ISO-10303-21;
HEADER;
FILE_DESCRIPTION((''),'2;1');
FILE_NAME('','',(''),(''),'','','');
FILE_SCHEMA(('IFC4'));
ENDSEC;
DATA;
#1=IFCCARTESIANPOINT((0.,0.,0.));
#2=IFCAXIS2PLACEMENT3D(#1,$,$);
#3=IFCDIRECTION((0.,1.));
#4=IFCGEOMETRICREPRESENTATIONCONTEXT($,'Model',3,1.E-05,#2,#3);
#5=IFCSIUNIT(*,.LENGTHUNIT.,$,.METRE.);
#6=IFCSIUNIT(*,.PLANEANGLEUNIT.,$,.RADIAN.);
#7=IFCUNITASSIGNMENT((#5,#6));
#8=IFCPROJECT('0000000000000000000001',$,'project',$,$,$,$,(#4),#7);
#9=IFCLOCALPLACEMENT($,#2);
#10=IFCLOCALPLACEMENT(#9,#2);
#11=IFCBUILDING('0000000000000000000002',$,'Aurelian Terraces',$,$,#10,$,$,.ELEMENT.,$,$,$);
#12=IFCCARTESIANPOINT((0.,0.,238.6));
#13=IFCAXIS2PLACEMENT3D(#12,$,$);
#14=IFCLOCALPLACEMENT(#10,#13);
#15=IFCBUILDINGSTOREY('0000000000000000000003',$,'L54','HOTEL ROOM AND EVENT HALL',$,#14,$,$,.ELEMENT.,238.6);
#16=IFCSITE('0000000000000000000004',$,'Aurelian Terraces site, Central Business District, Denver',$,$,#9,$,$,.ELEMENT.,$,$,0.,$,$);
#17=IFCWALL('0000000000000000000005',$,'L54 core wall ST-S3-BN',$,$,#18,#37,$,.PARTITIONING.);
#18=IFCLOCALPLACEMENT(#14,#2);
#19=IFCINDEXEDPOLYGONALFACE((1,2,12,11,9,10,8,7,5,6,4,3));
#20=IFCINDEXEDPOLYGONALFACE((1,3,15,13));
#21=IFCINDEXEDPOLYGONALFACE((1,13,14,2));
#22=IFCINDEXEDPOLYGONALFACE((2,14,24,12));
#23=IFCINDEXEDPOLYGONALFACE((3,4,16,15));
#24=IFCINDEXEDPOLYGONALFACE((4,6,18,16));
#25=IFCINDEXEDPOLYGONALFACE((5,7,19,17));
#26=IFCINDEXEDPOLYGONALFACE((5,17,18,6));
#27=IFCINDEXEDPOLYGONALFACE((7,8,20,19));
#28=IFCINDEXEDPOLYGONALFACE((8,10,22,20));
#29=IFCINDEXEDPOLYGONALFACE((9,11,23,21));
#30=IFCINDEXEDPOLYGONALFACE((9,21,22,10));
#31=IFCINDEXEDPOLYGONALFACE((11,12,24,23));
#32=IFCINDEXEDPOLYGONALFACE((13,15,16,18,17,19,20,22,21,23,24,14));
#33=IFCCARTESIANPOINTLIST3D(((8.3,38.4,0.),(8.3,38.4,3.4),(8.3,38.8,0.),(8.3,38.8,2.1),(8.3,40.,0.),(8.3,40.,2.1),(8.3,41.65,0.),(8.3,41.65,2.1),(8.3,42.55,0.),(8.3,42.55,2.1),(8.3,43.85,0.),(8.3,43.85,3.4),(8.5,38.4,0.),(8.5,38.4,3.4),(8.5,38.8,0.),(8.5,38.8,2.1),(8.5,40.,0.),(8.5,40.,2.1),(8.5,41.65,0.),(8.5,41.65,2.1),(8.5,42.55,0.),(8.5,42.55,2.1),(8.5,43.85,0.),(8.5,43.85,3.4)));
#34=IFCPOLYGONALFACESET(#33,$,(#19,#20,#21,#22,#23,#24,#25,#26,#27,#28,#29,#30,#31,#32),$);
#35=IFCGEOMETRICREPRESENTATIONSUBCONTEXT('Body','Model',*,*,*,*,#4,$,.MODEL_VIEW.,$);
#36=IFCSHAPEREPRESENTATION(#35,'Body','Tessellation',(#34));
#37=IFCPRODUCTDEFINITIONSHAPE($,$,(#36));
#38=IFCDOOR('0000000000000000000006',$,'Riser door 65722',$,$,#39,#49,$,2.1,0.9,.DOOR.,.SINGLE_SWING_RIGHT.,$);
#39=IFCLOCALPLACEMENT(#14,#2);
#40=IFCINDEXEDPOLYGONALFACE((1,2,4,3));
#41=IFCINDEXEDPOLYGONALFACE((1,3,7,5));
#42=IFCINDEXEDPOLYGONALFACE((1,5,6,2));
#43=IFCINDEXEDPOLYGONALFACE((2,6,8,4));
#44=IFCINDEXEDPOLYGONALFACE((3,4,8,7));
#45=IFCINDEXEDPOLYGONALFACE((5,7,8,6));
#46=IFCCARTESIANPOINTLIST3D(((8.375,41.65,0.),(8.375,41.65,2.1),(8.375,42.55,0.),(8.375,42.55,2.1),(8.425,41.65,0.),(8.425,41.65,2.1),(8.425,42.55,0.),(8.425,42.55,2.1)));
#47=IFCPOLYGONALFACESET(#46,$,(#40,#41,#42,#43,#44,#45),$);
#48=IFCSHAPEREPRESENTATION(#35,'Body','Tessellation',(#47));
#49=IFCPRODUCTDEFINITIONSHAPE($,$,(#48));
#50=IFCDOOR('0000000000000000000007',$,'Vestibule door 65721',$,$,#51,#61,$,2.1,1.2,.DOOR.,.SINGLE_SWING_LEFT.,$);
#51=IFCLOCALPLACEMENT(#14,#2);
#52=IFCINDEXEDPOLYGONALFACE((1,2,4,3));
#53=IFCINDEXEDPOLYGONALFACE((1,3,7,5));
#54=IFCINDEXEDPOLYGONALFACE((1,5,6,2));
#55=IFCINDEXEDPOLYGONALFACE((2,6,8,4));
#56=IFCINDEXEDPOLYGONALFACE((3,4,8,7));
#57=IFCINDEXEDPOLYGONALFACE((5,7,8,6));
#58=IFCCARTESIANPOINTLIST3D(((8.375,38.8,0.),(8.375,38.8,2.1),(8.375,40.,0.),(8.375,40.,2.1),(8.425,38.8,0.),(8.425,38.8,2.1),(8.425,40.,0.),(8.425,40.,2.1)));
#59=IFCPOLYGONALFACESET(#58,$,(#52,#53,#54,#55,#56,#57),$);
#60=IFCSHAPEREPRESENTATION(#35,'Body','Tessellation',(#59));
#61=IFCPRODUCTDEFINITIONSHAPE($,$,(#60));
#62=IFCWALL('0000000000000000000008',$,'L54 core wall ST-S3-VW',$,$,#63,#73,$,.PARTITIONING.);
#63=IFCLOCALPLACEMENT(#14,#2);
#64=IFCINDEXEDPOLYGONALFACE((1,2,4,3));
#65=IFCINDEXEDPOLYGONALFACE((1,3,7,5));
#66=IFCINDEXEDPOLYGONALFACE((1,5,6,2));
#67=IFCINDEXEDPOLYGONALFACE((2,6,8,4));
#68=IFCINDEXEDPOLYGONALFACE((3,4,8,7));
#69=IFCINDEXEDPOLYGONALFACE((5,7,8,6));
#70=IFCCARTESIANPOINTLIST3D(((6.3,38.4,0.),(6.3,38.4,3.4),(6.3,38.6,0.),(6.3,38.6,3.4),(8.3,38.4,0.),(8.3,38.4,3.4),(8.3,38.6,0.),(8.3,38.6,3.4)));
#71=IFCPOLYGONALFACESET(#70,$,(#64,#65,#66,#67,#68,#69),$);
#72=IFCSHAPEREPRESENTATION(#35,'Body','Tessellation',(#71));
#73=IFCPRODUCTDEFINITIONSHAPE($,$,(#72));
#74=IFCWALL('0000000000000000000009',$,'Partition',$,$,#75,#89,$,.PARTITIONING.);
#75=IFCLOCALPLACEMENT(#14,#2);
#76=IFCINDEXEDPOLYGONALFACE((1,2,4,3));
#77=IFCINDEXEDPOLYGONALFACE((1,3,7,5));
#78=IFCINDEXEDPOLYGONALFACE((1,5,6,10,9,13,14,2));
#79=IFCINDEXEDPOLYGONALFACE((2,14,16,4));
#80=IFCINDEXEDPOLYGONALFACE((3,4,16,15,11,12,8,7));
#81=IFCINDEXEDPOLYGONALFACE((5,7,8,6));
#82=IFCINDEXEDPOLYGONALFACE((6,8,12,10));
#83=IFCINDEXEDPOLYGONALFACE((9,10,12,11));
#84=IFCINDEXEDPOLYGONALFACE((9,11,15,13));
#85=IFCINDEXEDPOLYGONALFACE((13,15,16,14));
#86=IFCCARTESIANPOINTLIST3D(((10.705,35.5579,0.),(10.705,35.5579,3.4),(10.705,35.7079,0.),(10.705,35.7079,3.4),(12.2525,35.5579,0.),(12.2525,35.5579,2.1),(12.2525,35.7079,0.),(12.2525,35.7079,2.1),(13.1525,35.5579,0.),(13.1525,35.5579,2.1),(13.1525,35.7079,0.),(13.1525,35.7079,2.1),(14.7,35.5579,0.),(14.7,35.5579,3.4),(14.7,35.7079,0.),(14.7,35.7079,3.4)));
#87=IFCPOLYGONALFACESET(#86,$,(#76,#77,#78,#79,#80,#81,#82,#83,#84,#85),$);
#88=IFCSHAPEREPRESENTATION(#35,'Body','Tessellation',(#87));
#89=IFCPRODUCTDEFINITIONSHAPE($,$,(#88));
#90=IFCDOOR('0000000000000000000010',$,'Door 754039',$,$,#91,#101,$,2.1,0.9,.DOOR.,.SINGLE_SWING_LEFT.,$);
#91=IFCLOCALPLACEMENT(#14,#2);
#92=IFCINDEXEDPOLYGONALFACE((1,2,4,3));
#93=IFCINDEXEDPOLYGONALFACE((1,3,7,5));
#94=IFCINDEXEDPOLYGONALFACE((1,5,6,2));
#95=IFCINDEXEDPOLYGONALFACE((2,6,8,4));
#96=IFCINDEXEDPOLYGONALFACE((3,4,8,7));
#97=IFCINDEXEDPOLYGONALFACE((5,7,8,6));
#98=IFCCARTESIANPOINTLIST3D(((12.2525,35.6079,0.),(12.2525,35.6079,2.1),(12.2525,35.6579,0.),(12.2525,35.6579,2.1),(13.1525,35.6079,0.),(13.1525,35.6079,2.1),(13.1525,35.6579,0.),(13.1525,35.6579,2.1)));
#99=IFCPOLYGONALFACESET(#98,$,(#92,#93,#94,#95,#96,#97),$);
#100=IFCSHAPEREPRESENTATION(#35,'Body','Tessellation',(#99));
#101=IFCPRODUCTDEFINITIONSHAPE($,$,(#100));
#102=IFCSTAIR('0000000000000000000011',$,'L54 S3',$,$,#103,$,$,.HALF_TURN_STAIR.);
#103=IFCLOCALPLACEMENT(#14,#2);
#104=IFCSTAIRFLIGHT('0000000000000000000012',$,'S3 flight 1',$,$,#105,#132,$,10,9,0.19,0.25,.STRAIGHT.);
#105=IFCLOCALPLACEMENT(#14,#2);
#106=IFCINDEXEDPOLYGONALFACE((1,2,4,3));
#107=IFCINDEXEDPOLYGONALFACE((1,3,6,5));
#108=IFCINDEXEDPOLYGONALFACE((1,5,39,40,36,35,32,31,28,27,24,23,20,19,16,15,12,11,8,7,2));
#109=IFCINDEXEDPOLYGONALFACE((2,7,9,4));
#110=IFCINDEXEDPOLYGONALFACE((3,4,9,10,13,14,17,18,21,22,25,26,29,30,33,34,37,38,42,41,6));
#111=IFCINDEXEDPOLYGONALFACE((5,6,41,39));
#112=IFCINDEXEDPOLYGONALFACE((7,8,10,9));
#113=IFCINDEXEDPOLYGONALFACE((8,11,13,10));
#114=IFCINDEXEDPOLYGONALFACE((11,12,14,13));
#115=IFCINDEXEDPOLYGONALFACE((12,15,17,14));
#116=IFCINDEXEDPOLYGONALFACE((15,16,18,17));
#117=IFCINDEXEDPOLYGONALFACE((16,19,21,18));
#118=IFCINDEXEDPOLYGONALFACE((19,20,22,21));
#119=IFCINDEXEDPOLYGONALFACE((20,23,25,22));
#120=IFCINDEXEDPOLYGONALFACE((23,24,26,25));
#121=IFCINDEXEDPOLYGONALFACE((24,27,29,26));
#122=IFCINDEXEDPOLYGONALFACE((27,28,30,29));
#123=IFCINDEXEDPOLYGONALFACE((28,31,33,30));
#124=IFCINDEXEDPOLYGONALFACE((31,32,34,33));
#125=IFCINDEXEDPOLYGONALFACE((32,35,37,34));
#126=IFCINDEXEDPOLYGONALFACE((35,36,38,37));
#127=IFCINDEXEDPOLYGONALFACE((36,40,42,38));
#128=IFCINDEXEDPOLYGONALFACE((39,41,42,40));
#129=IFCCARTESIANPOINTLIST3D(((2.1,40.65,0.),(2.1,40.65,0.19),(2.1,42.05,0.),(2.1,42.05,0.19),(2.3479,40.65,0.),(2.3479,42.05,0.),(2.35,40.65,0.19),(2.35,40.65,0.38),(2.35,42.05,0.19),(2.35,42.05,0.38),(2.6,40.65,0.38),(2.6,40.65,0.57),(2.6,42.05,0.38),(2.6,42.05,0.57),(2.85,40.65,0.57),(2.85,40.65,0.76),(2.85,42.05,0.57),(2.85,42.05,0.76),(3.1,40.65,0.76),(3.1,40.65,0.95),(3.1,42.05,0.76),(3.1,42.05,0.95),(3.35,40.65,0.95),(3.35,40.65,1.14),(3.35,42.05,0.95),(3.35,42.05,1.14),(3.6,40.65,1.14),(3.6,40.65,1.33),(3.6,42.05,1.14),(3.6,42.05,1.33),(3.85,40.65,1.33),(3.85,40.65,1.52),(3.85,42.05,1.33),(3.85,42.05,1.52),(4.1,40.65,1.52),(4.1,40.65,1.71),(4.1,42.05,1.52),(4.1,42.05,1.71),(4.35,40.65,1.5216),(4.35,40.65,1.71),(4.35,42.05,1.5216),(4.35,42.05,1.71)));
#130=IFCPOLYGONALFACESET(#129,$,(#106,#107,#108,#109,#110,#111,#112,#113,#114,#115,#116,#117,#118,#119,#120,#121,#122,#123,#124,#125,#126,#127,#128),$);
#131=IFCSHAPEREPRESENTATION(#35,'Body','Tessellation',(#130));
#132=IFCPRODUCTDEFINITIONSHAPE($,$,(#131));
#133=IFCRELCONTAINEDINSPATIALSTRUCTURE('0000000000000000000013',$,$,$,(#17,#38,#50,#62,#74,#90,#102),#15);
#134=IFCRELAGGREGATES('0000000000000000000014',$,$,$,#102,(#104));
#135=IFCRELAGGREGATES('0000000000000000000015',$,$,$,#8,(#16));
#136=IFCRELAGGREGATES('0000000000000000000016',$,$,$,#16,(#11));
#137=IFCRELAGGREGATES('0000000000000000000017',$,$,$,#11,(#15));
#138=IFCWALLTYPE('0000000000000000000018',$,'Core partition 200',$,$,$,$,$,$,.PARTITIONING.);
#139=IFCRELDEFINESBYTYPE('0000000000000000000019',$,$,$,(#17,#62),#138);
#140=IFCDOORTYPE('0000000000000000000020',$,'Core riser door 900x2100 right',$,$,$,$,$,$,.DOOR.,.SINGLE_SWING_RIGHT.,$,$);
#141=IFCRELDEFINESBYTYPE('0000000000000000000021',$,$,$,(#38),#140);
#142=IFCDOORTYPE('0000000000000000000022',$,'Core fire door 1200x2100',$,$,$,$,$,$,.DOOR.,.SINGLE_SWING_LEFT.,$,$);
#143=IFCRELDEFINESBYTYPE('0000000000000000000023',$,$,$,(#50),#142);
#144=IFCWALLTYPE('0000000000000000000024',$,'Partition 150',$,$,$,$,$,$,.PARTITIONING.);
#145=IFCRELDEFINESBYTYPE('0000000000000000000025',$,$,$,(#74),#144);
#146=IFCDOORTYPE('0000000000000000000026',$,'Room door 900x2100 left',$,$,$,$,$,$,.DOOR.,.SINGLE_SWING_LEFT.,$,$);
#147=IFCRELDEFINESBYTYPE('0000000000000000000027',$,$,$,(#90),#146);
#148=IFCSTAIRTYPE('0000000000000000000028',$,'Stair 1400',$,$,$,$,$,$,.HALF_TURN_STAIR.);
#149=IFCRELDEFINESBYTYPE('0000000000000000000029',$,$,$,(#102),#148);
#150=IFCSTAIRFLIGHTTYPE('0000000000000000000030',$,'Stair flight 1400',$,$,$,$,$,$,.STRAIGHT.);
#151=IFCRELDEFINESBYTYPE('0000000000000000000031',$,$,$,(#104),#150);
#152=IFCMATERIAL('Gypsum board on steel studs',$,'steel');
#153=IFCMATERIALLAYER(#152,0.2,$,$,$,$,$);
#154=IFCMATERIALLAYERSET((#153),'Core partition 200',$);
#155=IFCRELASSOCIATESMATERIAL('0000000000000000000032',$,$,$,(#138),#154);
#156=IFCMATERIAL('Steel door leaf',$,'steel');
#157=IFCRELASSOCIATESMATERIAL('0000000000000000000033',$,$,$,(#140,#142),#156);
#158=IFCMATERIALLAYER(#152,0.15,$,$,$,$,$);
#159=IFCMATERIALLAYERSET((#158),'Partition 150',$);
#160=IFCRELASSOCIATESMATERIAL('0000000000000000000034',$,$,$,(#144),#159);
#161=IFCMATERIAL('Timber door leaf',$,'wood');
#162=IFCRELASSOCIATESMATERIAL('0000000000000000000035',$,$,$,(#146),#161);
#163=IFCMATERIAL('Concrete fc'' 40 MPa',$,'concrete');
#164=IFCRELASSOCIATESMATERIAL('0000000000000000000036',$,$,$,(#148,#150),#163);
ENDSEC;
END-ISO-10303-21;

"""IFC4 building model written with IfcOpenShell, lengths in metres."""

from ifc_helpers import new_model, si_unit, direction, frame, frame_2d, origin, place, context, subcontext, project, spatial, polyline, rectangle, outline, extrude, source, transform, mapped, material, layer, layer_set, type_object, element, fill, aggregate, save


model = new_model("IFC4")

# Units and contexts
model_context = context("Model", 3, precision=1e-05, world=origin(), true_north=direction((0.0, 1.0)))
body_context = subcontext(model_context, "Body", "Model", "MODEL_VIEW")
ifc_project = project(units=[si_unit("LENGTHUNIT", "METRE"), si_unit("PLANEANGLEUNIT", "RADIAN")], contexts=[model_context])

# Site, building, storey
site_placement = place(None, origin())
site = spatial("IfcSite", under=ifc_project, at=site_placement, Name="Aurelian Terraces site, Central Business District, Denver", CompositionType="ELEMENT", RefElevation=0.0)
building_placement = place(site_placement, origin())
building = spatial("IfcBuilding", under=site, at=building_placement, Name="Aurelian Terraces", CompositionType="ELEMENT")
storey_placement = place(building_placement, frame((0.0, 0.0, 238.6)))
storey = spatial("IfcBuildingStorey", under=building, at=storey_placement, Name="L54", Description="HOTEL ROOM AND EVENT HALL", CompositionType="ELEMENT", Elevation=238.6)

# Shared definitions
ifc_material_1 = material(Name="Concrete fc' 40 MPa", Category="concrete")

# Shared definitions
ifc_material_2 = material(Name="Steel door leaf", Category="steel")

# Wall, openings, doors
ifc_material_3 = material(Name="Gypsum board on steel studs", Category="steel")
ifc_layer_1 = layer(ifc_material_3, 0.2)
ifc_layer_set_1 = layer_set([ifc_layer_1], Name="Core partition 200")
wall_type_1 = type_object("IfcWallType", Name="Core partition 200", PredefinedType="PARTITIONING", material=ifc_layer_set_1)
shared_shape_1 = source(origin(), body_context, "Body", "SweptSolid", [
    extrude(rectangle(XDim=5.45, YDim=0.2, at=frame_2d((2.725, 0.0))), origin(), (0.0, 0.0, 1.0), 3.4),
])
wall_1_placement = place(storey_placement, frame((8.4, 38.4, 0.0), z_axis=(0.0, 0.0, 1.0), x_axis=(0.0, 1.0, 0.0)))
wall_1 = element("IfcWall", 1, at=wall_1_placement, inside=storey, type_object=wall_type_1, Name="L54 core wall ST-S3-BN", PredefinedType="PARTITIONING", context=body_context, shape_type="MappedRepresentation", body=[
    mapped(shared_shape_1, transform((0.0, 0.0, 0.0), scale=1.0)),
])
shared_shape_2 = source(origin(), body_context, "Body", "SweptSolid", [
    extrude(rectangle(XDim=1.2, YDim=2.1, at=frame_2d((0.6, 1.05))), frame((0.0, 0.11, 0.0), z_axis=(0.0, -1.0, 0.0), x_axis=(1.0, 0.0, 0.0)), (0.0, 0.0, 1.0), 0.22),
])
opening_1_placement = place(wall_1_placement, frame((0.4, 0.0, 0.0)))
opening_1 = element("IfcOpeningElement", 2, at=opening_1_placement, cuts=wall_1, PredefinedType="OPENING", context=body_context, shape_type="MappedRepresentation", body=[
    mapped(shared_shape_2, transform((0.0, 0.0, 0.0), scale=1.0)),
])
shared_shape_3 = source(origin(), body_context, "Body", "SweptSolid", [
    extrude(rectangle(XDim=0.9, YDim=2.1, at=frame_2d((0.45, 1.05))), frame((0.0, 0.11, 0.0), z_axis=(0.0, -1.0, 0.0), x_axis=(1.0, 0.0, 0.0)), (0.0, 0.0, 1.0), 0.22),
])
opening_2_placement = place(wall_1_placement, frame((3.25, 0.0, 0.0)))
opening_2 = element("IfcOpeningElement", 3, at=opening_2_placement, cuts=wall_1, PredefinedType="OPENING", context=body_context, shape_type="MappedRepresentation", body=[
    mapped(shared_shape_3, transform((0.0, 0.0, 0.0), scale=1.0)),
])
door_type_1 = type_object("IfcDoorType", Name="Core riser door 900x2100 right", OperationType="SINGLE_SWING_RIGHT", PredefinedType="DOOR", material=ifc_material_2)
shared_shape_4 = source(origin(), body_context, "Body", "SweptSolid", [
    extrude(rectangle(XDim=0.9, YDim=2.1, at=frame_2d((0.45, 1.05))), frame((0.0, 0.025, 0.0), z_axis=(0.0, -1.0, 0.0), x_axis=(1.0, 0.0, 0.0)), (0.0, 0.0, 1.0), 0.05),
])
door_1_placement = place(opening_2_placement, origin())
door_1 = element("IfcDoor", 4, at=door_1_placement, inside=storey, type_object=door_type_1, Name="Riser door 65722", OperationType="SINGLE_SWING_RIGHT", OverallHeight=2.1, OverallWidth=0.9, PredefinedType="DOOR", context=body_context, shape_type="MappedRepresentation", body=[
    mapped(shared_shape_4, transform((0.0, 0.0, 0.0), scale=1.0)),
])
fill(opening_2, door_1)
door_type_2 = type_object("IfcDoorType", Name="Core fire door 1200x2100", OperationType="SINGLE_SWING_LEFT", PredefinedType="DOOR", material=ifc_material_2)
shared_shape_5 = source(origin(), body_context, "Body", "SweptSolid", [
    extrude(rectangle(XDim=1.2, YDim=2.1, at=frame_2d((0.6, 1.05))), frame((0.0, 0.025, 0.0), z_axis=(0.0, -1.0, 0.0), x_axis=(1.0, 0.0, 0.0)), (0.0, 0.0, 1.0), 0.05),
])
door_2_placement = place(opening_1_placement, origin())
door_2 = element("IfcDoor", 5, at=door_2_placement, inside=storey, type_object=door_type_2, Name="Vestibule door 65721", OperationType="SINGLE_SWING_LEFT", OverallHeight=2.1, OverallWidth=1.2, PredefinedType="DOOR", context=body_context, shape_type="MappedRepresentation", body=[
    mapped(shared_shape_5, transform((0.0, 0.0, 0.0), scale=1.0)),
])
fill(opening_1, door_2)

# Wall
shared_shape_6 = source(origin(), body_context, "Body", "SweptSolid", [
    extrude(rectangle(XDim=2.0, YDim=0.2, at=frame_2d((1.0, 0.0))), origin(), (0.0, 0.0, 1.0), 3.4),
])
wall_2_placement = place(storey_placement, frame((6.3, 38.5, 0.0), z_axis=(0.0, 0.0, 1.0), x_axis=(1.0, 0.0, 0.0)))
element("IfcWall", 6, at=wall_2_placement, inside=storey, type_object=wall_type_1, Name="L54 core wall ST-S3-VW", PredefinedType="PARTITIONING", context=body_context, shape_type="MappedRepresentation", body=[
    mapped(shared_shape_6, transform((0.0, 0.0, 0.0), scale=1.0)),
])

# Wall, opening, door
ifc_layer_2 = layer(ifc_material_3, 0.15)
ifc_layer_set_2 = layer_set([ifc_layer_2], Name="Partition 150")
wall_type_2 = type_object("IfcWallType", Name="Partition 150", PredefinedType="PARTITIONING", material=ifc_layer_set_2)
shared_shape_7 = source(origin(), body_context, "Body", "SweptSolid", [
    extrude(rectangle(XDim=3.995, YDim=0.15, at=frame_2d((1.9975, 0.0))), origin(), (0.0, 0.0, 1.0), 3.4),
])
wall_3_placement = place(storey_placement, frame((14.7, 35.6329, 0.0), z_axis=(0.0, 0.0, 1.0), x_axis=(-1.0, 0.0, 0.0)))
wall_3 = element("IfcWall", 7, at=wall_3_placement, inside=storey, type_object=wall_type_2, Name="Partition", PredefinedType="PARTITIONING", context=body_context, shape_type="MappedRepresentation", body=[
    mapped(shared_shape_7, transform((0.0, 0.0, 0.0), scale=1.0)),
])
shared_shape_8 = source(origin(), body_context, "Body", "SweptSolid", [
    extrude(rectangle(XDim=0.9, YDim=2.1, at=frame_2d((0.45, 1.05))), frame((0.0, 0.085, 0.0), z_axis=(0.0, -1.0, 0.0), x_axis=(1.0, 0.0, 0.0)), (0.0, 0.0, 1.0), 0.17),
])
opening_3_placement = place(wall_3_placement, frame((1.5475, 0.0, 0.0)))
opening_3 = element("IfcOpeningElement", 8, at=opening_3_placement, cuts=wall_3, PredefinedType="OPENING", context=body_context, shape_type="MappedRepresentation", body=[
    mapped(shared_shape_8, transform((0.0, 0.0, 0.0), scale=1.0)),
])
ifc_material_4 = material(Name="Timber door leaf", Category="wood")
door_type_3 = type_object("IfcDoorType", Name="Room door 900x2100 left", OperationType="SINGLE_SWING_LEFT", PredefinedType="DOOR", material=ifc_material_4)
door_3_placement = place(opening_3_placement, origin())
door_3 = element("IfcDoor", 9, at=door_3_placement, inside=storey, type_object=door_type_3, Name="Door 754039", OperationType="SINGLE_SWING_LEFT", OverallHeight=2.1, OverallWidth=0.9, PredefinedType="DOOR", context=body_context, shape_type="MappedRepresentation", body=[
    mapped(shared_shape_4, transform((0.0, 0.0, 0.0), scale=1.0)),
])
fill(opening_3, door_3)

# Stair, stair flight
stair_type = type_object("IfcStairType", Name="Stair 1400", PredefinedType="HALF_TURN_STAIR", material=ifc_material_1)
stair_placement = place(storey_placement, origin())
stair = element("IfcStair", 10, at=stair_placement, inside=storey, type_object=stair_type, Name="L54 S3", PredefinedType="HALF_TURN_STAIR")
stair_flight_type = type_object("IfcStairFlightType", Name="Stair flight 1400", PredefinedType="STRAIGHT", material=ifc_material_1)
shared_shape_9 = source(origin(), body_context, "Body", "SweptSolid", [
    extrude(outline(polyline([(0.0, 0.0), (0.0, 0.19), (0.25, 0.19), (0.25, 0.38), (0.5, 0.38), (0.5, 0.57), (0.75, 0.57), (0.75, 0.76), (1.0, 0.76), (1.0, 0.95), (1.25, 0.95), (1.25, 1.14), (1.5, 1.14), (1.5, 1.33), (1.75, 1.33), (1.75, 1.52), (2.0, 1.52), (2.0, 1.71), (2.25, 1.71), (2.25, 1.9), (2.25, 1.5216), (0.2479, 0.0), (0.0, 0.0)])), frame((0.0, 0.7, 0.0), z_axis=(0.0, -1.0, 0.0), x_axis=(1.0, 0.0, 0.0)), (0.0, 0.0, 1.0), 1.4),
])
stair_flight_placement = place(storey_placement, frame((2.1, 41.35, 0.0), z_axis=(0.0, 0.0, 1.0), x_axis=(1.0, 0.0, 0.0)))
stair_flight = element("IfcStairFlight", 11, at=stair_flight_placement, type_object=stair_flight_type, Name="S3 flight 1", NumberOfRisers=10, NumberOfTreads=9, PredefinedType="STRAIGHT", RiserHeight=0.19, TreadLength=0.25, context=body_context, shape_type="MappedRepresentation", body=[
    mapped(shared_shape_9, transform((0.0, 0.0, 0.0), scale=1.0)),
])
aggregate(stair, [stair_flight])

save(model, "model.ifc")
